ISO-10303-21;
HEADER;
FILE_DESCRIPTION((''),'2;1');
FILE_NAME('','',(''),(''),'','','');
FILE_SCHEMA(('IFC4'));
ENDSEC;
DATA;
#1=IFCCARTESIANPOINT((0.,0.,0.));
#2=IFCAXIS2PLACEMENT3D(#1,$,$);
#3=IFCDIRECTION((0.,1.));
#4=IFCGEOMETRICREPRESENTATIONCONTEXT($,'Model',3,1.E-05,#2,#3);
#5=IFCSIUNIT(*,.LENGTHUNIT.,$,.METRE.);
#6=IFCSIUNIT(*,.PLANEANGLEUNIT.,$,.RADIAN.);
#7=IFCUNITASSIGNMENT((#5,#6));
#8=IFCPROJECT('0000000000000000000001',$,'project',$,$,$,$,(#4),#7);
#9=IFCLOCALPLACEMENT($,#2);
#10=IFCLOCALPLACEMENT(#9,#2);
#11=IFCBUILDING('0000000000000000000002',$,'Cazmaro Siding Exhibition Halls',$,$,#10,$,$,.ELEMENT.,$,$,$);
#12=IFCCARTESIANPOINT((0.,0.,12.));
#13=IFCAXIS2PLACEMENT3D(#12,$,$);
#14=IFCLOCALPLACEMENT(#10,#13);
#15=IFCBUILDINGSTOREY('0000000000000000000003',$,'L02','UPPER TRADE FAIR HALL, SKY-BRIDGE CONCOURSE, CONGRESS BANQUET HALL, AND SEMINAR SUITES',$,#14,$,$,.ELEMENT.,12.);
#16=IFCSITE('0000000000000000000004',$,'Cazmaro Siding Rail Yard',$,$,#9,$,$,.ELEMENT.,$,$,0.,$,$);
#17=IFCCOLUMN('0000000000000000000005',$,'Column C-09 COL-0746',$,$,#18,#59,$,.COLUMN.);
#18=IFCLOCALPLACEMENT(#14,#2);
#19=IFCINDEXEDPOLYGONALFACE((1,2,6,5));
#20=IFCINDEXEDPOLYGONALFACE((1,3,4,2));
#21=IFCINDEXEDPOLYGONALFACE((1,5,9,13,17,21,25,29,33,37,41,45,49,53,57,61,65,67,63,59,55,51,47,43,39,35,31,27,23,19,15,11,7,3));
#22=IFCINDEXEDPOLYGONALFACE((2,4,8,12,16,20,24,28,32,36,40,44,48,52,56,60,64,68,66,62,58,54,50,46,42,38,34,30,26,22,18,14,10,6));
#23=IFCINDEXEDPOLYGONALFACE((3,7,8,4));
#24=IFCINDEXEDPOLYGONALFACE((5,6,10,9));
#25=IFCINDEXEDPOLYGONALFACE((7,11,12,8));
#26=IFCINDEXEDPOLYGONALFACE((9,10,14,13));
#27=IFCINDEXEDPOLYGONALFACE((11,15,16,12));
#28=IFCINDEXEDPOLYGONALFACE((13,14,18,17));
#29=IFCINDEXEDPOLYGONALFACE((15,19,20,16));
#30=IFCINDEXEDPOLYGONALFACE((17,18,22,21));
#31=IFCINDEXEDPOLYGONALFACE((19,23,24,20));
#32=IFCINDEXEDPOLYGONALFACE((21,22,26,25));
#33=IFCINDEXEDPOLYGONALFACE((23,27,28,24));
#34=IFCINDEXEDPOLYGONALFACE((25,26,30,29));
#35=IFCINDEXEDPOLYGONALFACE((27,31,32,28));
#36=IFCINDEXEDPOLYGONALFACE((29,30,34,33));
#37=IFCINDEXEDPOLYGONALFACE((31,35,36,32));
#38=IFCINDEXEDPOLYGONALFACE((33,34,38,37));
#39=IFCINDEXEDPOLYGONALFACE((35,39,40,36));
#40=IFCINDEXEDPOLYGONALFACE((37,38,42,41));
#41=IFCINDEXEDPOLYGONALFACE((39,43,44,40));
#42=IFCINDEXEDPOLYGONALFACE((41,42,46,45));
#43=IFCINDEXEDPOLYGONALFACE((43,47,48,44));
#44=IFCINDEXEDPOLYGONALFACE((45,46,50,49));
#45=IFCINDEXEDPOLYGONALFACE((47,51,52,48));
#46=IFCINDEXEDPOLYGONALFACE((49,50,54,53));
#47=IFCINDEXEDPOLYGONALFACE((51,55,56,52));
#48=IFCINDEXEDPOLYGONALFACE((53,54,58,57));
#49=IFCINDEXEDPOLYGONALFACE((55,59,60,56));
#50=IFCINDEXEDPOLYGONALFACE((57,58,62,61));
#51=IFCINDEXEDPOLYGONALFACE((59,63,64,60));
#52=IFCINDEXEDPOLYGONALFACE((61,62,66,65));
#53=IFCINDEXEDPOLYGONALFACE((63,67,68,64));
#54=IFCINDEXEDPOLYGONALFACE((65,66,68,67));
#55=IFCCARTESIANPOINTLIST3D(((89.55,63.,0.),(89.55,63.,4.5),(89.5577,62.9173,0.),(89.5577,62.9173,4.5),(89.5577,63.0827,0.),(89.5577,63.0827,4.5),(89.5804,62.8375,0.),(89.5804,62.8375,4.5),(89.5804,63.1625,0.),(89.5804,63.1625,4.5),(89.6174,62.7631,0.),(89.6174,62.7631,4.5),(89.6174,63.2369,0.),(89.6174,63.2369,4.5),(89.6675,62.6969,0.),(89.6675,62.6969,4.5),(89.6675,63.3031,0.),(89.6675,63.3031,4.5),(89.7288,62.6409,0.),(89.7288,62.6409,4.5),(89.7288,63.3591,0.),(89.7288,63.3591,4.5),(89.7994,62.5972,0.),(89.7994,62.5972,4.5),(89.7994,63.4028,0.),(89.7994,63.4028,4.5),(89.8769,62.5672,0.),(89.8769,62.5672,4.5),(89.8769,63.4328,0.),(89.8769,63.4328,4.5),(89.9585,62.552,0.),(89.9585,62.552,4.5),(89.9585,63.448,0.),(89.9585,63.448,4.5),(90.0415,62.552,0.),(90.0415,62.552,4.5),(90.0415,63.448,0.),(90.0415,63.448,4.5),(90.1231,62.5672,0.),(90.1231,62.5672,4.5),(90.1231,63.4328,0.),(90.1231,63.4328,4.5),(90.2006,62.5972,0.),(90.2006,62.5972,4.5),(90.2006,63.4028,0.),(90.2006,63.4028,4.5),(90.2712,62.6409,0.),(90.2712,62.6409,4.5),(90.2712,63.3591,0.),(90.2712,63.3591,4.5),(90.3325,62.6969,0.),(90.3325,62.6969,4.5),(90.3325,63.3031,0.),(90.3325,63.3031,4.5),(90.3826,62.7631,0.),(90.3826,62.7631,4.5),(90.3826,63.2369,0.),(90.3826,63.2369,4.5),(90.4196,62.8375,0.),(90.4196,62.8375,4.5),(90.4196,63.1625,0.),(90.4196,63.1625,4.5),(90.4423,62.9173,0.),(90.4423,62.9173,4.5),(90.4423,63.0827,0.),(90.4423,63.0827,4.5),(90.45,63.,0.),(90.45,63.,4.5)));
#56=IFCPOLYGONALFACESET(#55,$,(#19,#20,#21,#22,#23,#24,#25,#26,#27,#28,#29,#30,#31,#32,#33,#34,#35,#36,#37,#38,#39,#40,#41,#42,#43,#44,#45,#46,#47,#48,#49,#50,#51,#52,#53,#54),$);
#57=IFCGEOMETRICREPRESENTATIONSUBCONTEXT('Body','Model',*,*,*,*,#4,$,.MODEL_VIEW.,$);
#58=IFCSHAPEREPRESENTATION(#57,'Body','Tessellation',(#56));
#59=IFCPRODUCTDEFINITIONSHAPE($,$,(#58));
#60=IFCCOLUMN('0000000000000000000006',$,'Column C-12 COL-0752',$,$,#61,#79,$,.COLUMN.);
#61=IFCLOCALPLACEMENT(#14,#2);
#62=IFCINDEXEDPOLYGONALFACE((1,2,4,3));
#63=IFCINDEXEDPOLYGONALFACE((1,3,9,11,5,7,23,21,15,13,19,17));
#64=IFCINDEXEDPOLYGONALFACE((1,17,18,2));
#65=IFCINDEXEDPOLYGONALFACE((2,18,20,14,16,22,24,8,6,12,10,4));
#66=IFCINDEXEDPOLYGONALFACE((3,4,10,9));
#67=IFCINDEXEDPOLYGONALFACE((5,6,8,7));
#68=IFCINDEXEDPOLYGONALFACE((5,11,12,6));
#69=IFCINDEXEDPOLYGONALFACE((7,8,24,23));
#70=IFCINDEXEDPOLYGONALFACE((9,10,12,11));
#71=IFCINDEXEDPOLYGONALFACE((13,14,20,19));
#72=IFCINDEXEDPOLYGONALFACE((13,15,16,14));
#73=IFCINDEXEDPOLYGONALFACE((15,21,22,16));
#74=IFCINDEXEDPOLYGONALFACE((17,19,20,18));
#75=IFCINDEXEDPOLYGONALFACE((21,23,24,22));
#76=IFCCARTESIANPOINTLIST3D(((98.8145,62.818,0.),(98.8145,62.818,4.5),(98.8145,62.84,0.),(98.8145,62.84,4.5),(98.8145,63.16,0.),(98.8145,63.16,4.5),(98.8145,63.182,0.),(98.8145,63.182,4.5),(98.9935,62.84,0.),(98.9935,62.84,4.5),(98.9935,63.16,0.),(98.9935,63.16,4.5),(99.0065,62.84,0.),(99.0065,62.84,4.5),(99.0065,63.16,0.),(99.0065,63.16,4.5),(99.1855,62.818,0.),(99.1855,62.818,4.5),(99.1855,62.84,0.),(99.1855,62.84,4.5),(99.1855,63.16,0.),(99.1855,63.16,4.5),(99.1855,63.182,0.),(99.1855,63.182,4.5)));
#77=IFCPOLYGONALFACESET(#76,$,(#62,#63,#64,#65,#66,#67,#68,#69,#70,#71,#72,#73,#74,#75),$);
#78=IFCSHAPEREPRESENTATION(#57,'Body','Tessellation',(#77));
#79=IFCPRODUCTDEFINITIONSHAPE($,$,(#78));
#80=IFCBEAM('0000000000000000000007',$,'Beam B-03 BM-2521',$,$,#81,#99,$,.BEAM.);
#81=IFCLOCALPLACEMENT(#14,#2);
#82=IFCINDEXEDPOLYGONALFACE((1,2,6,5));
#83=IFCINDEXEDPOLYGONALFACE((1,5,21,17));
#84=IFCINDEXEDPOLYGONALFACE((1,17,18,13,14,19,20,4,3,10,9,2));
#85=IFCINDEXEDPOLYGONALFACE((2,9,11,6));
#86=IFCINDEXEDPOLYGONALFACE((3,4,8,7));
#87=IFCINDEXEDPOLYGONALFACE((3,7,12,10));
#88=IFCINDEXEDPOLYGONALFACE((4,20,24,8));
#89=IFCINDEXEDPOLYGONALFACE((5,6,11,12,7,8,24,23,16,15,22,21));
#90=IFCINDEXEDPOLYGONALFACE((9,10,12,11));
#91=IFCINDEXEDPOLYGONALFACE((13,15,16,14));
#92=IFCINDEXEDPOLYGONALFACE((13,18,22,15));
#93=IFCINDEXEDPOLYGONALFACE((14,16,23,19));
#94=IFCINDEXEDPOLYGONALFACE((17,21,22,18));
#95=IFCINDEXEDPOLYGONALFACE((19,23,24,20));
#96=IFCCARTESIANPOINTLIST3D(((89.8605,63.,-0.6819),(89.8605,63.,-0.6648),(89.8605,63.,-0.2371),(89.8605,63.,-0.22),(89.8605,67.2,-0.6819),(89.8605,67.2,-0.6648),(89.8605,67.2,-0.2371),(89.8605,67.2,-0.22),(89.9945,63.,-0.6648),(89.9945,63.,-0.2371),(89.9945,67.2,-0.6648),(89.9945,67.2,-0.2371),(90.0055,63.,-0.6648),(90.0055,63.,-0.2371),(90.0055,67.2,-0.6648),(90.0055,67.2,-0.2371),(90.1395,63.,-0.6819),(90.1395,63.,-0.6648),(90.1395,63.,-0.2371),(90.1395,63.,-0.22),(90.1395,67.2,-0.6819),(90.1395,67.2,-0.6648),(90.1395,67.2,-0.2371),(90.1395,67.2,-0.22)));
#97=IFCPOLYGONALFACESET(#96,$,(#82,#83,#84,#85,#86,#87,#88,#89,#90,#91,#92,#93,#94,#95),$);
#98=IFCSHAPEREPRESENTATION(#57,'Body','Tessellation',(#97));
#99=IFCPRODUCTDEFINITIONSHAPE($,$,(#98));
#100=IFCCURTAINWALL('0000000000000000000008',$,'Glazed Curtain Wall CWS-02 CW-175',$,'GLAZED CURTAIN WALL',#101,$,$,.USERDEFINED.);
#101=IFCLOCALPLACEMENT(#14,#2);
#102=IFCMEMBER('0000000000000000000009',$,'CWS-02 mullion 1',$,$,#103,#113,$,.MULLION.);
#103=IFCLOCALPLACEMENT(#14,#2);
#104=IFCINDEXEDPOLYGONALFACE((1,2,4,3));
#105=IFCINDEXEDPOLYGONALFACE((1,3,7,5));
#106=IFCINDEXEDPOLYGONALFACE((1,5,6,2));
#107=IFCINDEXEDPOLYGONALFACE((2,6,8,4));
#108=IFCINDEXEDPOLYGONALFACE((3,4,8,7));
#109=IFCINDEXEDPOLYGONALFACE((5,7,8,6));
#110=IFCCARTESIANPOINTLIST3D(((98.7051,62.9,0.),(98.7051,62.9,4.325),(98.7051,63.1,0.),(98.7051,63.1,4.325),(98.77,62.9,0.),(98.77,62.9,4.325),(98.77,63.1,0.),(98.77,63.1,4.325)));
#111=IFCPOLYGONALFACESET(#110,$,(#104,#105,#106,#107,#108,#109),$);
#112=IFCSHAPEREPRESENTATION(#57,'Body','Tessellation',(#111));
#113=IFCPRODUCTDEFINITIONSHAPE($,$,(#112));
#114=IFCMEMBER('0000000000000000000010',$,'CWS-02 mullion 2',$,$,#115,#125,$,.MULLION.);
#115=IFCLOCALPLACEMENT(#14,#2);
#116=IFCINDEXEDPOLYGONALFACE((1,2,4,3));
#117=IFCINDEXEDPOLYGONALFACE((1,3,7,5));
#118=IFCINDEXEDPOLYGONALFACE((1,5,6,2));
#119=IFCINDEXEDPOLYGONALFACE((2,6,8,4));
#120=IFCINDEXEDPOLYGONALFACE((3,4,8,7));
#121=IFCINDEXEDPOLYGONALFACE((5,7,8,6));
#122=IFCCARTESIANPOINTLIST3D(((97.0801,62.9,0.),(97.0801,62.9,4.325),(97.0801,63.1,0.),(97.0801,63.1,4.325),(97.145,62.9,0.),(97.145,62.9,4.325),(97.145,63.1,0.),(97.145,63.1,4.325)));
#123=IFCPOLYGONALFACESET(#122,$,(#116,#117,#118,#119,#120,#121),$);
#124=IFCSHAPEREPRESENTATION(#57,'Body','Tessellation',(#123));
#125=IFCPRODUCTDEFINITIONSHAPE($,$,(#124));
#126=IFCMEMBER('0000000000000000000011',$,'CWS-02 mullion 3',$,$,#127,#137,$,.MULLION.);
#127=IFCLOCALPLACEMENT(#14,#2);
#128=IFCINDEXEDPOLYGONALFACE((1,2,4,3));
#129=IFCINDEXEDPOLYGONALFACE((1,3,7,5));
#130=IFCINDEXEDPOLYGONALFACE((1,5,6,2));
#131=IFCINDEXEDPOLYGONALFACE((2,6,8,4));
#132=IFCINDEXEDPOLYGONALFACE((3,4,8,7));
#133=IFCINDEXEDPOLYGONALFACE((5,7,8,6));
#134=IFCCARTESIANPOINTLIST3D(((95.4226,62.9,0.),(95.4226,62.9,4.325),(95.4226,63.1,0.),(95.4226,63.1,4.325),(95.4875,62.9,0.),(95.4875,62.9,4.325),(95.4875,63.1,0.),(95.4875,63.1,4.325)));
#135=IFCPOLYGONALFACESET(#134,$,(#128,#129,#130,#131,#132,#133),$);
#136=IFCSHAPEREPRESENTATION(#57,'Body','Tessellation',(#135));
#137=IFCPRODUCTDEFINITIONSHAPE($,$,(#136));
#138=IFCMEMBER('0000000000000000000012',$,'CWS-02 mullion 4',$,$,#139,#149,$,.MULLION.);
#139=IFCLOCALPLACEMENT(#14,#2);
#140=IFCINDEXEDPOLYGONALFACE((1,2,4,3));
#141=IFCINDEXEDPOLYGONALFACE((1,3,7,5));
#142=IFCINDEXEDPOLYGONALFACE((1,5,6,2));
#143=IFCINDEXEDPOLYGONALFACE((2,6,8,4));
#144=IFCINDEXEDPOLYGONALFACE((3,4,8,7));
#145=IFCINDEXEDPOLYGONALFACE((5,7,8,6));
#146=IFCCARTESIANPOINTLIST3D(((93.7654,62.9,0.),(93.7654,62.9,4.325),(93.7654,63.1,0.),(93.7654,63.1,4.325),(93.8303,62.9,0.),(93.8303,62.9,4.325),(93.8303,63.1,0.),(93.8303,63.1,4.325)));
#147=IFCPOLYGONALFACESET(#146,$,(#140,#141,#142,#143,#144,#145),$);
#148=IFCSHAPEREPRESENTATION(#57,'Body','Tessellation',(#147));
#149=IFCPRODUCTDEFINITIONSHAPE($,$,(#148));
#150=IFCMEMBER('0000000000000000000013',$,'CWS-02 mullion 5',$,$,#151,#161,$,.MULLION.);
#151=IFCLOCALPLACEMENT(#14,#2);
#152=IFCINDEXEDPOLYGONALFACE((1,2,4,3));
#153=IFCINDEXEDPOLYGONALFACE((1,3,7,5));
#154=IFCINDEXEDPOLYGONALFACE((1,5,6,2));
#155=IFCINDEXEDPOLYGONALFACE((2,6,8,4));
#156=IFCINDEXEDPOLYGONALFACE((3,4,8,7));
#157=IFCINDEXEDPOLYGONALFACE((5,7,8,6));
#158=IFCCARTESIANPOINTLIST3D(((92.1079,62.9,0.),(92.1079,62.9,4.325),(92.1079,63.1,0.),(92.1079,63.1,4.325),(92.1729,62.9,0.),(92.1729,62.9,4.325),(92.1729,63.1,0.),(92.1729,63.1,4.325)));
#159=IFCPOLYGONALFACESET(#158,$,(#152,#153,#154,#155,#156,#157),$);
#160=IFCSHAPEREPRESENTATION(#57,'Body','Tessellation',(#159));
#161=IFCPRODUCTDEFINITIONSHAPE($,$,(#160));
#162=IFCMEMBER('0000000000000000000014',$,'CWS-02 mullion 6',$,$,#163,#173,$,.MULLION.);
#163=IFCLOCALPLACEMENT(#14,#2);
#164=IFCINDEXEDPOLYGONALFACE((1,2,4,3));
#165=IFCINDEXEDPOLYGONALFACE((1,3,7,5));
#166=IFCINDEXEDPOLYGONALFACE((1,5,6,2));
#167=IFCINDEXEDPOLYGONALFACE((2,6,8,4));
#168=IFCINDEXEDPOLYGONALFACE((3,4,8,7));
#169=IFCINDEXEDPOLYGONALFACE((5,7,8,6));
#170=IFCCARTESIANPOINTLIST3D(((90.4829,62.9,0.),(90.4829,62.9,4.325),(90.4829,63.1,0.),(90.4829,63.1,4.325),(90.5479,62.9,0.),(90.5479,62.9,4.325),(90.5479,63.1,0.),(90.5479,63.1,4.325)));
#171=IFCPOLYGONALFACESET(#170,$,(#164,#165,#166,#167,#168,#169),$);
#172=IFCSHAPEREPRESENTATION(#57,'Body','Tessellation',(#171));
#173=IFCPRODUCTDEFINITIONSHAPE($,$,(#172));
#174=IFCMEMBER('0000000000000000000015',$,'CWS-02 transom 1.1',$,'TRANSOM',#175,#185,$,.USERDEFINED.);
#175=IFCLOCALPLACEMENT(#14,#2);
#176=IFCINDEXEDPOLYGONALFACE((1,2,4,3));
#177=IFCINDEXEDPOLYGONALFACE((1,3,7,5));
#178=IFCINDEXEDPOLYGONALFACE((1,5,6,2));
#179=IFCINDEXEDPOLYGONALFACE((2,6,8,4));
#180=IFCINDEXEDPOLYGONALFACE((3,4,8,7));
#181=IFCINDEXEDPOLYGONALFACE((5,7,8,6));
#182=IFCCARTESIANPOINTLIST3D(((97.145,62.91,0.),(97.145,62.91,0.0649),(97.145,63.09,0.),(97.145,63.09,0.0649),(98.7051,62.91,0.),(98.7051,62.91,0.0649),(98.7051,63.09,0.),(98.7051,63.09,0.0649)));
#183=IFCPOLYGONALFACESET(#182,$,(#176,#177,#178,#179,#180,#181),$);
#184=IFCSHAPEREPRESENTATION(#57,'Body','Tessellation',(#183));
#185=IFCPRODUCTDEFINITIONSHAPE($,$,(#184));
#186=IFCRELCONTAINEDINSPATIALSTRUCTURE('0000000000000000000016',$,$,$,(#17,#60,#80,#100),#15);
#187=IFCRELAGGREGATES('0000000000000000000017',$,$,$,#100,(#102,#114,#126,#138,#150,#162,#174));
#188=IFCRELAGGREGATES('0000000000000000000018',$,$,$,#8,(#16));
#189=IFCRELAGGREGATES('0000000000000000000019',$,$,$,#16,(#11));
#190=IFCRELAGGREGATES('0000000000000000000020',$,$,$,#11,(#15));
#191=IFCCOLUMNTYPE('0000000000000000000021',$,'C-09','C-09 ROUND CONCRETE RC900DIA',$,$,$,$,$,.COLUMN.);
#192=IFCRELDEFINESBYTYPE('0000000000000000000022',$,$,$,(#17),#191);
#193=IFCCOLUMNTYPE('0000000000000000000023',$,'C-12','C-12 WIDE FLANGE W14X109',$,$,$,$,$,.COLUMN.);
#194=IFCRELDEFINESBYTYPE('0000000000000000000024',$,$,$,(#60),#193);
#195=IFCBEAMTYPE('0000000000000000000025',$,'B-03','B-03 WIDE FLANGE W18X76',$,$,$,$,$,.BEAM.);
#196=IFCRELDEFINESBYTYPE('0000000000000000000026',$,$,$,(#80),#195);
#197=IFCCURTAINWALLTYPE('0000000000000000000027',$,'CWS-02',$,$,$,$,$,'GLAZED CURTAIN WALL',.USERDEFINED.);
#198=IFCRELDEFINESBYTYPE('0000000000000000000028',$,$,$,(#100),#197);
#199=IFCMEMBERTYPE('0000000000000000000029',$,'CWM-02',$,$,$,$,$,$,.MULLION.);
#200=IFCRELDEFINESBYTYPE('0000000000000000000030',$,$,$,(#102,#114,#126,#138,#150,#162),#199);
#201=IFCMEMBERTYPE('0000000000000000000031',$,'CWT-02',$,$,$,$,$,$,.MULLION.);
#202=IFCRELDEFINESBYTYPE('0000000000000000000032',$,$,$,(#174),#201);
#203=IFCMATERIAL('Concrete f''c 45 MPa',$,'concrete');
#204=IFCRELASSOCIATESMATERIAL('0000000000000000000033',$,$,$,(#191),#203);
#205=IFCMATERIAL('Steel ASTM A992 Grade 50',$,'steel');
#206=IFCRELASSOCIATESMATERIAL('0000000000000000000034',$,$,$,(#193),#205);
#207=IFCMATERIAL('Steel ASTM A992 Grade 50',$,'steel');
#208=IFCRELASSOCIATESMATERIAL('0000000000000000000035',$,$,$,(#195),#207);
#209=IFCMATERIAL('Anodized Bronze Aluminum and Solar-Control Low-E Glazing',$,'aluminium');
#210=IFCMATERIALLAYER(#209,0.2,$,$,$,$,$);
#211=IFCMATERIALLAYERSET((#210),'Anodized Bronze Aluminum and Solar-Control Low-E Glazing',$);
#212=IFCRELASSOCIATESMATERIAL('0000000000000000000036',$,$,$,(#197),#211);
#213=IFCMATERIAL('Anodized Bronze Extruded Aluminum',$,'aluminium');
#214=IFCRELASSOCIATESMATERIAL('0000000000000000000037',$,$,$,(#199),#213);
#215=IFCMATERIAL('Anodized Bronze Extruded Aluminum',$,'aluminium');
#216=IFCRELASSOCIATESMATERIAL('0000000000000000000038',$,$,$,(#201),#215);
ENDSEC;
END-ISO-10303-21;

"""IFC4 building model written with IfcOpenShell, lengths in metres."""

from ifc_helpers import new_model, si_unit, direction, frame, origin, origin_2d, place, context, subcontext, project, spatial, rectangle, circle, i_section, extrude, material, layer, layer_set, material_profile, profile_set, type_object, element, aggregate, save


model = new_model("IFC4")

# Units and contexts
model_context = context("Model", 3, precision=1e-05, world=origin(), true_north=direction((0.0, 1.0)))
body_context = subcontext(model_context, "Body", "Model", "MODEL_VIEW")
ifc_project = project(units=[si_unit("LENGTHUNIT", "METRE"), si_unit("PLANEANGLEUNIT", "RADIAN")], contexts=[model_context])

# Site, building, storey
site_placement = place(None, origin())
site = spatial("IfcSite", under=ifc_project, at=site_placement, Name="Cazmaro Siding Rail Yard", CompositionType="ELEMENT", RefElevation=0.0)
building_placement = place(site_placement, origin())
building = spatial("IfcBuilding", under=site, at=building_placement, Name="Cazmaro Siding Exhibition Halls", CompositionType="ELEMENT")
storey_placement = place(building_placement, frame((0.0, 0.0, 12.0)))
storey = spatial("IfcBuildingStorey", under=building, at=storey_placement, Name="L02", Description="UPPER TRADE FAIR HALL, SKY-BRIDGE CONCOURSE, CONGRESS BANQUET HALL, AND SEMINAR SUITES", CompositionType="ELEMENT", Elevation=12.0)

# Columns
ifc_material_1 = material(Name="Concrete f'c 45 MPa", Category="concrete")
ifc_material_profile_1 = material_profile(ifc_material_1, circle(Radius=0.45, at=origin_2d()), Name="RC900DIA")
ifc_profile_set_1 = profile_set([ifc_material_profile_1], Name="Concrete f'c 45 MPa")
column_type_1 = type_object("IfcColumnType", Name="C-09", Description="C-09 ROUND CONCRETE RC900DIA", PredefinedType="COLUMN", material=ifc_profile_set_1)
column_1_placement = place(storey_placement, frame((90.0, 63.0, 0.0), z_axis=(0.0, 0.0, 1.0), x_axis=(1.0, 0.0, 0.0)))
element("IfcColumn", 1, at=column_1_placement, inside=storey, type_object=column_type_1, Name="Column C-09 COL-0746", PredefinedType="COLUMN", context=body_context, shape_type="SweptSolid", body=[
    extrude(circle(Radius=0.45, at=origin_2d()), origin(), (0.0, 0.0, 1.0), 4.5),
])
ifc_material_2 = material(Name="Steel ASTM A992 Grade 50", Category="steel")
ifc_material_profile_2 = material_profile(ifc_material_2, i_section(OverallWidth=0.3711, OverallDepth=0.364, WebThickness=0.0129, FlangeThickness=0.022, at=origin_2d()), Name="W14X109")
ifc_profile_set_2 = profile_set([ifc_material_profile_2], Name="Steel ASTM A992 Grade 50")
column_type_2 = type_object("IfcColumnType", Name="C-12", Description="C-12 WIDE FLANGE W14X109", PredefinedType="COLUMN", material=ifc_profile_set_2)
column_2_placement = place(storey_placement, frame((99.0, 63.0, 0.0), z_axis=(0.0, 0.0, 1.0), x_axis=(1.0, 0.0, 0.0)))
element("IfcColumn", 2, at=column_2_placement, inside=storey, type_object=column_type_2, Name="Column C-12 COL-0752", PredefinedType="COLUMN", context=body_context, shape_type="SweptSolid", body=[
    extrude(i_section(OverallWidth=0.3711, OverallDepth=0.364, WebThickness=0.0129, FlangeThickness=0.022, at=origin_2d()), origin(), (0.0, 0.0, 1.0), 4.5),
])

# Beam
ifc_material_3 = material(Name="Steel ASTM A992 Grade 50", Category="steel")
ifc_material_profile_3 = material_profile(ifc_material_3, i_section(OverallWidth=0.2791, OverallDepth=0.4619, WebThickness=0.011, FlangeThickness=0.0171, at=origin_2d()), Name="W18X76")
ifc_profile_set_3 = profile_set([ifc_material_profile_3], Name="Steel ASTM A992 Grade 50")
beam_type_1 = type_object("IfcBeamType", Name="B-03", Description="B-03 WIDE FLANGE W18X76", PredefinedType="BEAM", material=ifc_profile_set_3)
beam_placement = place(storey_placement, frame((90.0, 63.0, -0.4509), z_axis=(0.0, 1.0, 0.0), x_axis=(-1.0, 0.0, 0.0)))
element("IfcBeam", 3, at=beam_placement, inside=storey, type_object=beam_type_1, Name="Beam B-03 BM-2521", PredefinedType="BEAM", context=body_context, shape_type="SweptSolid", body=[
    extrude(i_section(OverallWidth=0.2791, OverallDepth=0.4619, WebThickness=0.011, FlangeThickness=0.0171, at=origin_2d()), origin(), (0.0, 0.0, 1.0), 4.2),
])

# Curtain wall, members
ifc_material_4 = material(Name="Anodized Bronze Aluminum and Solar-Control Low-E Glazing", Category="aluminium")
ifc_layer_1 = layer(ifc_material_4, 0.2)
ifc_layer_set_1 = layer_set([ifc_layer_1], Name="Anodized Bronze Aluminum and Solar-Control Low-E Glazing")
curtain_wall_type = type_object("IfcCurtainWallType", Name="CWS-02", ElementType="GLAZED CURTAIN WALL", PredefinedType="USERDEFINED", material=ifc_layer_set_1)
curtain_wall_placement = place(storey_placement, origin())
curtain_wall = element("IfcCurtainWall", 4, at=curtain_wall_placement, inside=storey, type_object=curtain_wall_type, Name="Glazed Curtain Wall CWS-02 CW-175", ObjectType="GLAZED CURTAIN WALL", PredefinedType="USERDEFINED")
ifc_material_5 = material(Name="Anodized Bronze Extruded Aluminum", Category="aluminium")
ifc_material_profile_4 = material_profile(ifc_material_5, rectangle(XDim=0.2, YDim=0.0649, at=origin_2d()), Name="CWM-02")
ifc_profile_set_4 = profile_set([ifc_material_profile_4], Name="Anodized Bronze Extruded Aluminum")
member_type_1 = type_object("IfcMemberType", Name="CWM-02", PredefinedType="MULLION", material=ifc_profile_set_4)
member_1_placement = place(storey_placement, frame((98.7375, 63.0, 0.0), z_axis=(0.0, 0.0, 1.0), x_axis=(0.0, -1.0, 0.0)))
member_1 = element("IfcMember", 5, at=member_1_placement, type_object=member_type_1, Name="CWS-02 mullion 1", PredefinedType="MULLION", context=body_context, shape_type="SweptSolid", body=[
    extrude(rectangle(XDim=0.2, YDim=0.0649, at=origin_2d()), origin(), (0.0, 0.0, 1.0), 4.325),
])
member_2_placement = place(storey_placement, frame((97.1125, 63.0, 0.0), z_axis=(0.0, 0.0, 1.0), x_axis=(0.0, -1.0, 0.0)))
member_2 = element("IfcMember", 6, at=member_2_placement, type_object=member_type_1, Name="CWS-02 mullion 2", PredefinedType="MULLION", context=body_context, shape_type="SweptSolid", body=[
    extrude(rectangle(XDim=0.2, YDim=0.0649, at=origin_2d()), origin(), (0.0, 0.0, 1.0), 4.325),
])
member_3_placement = place(storey_placement, frame((95.4551, 63.0, 0.0), z_axis=(0.0, 0.0, 1.0), x_axis=(0.0, -1.0, 0.0)))
member_3 = element("IfcMember", 7, at=member_3_placement, type_object=member_type_1, Name="CWS-02 mullion 3", PredefinedType="MULLION", context=body_context, shape_type="SweptSolid", body=[
    extrude(rectangle(XDim=0.2, YDim=0.0649, at=origin_2d()), origin(), (0.0, 0.0, 1.0), 4.325),
])
member_4_placement = place(storey_placement, frame((93.7979, 63.0, 0.0), z_axis=(0.0, 0.0, 1.0), x_axis=(0.0, -1.0, 0.0)))
member_4 = element("IfcMember", 8, at=member_4_placement, type_object=member_type_1, Name="CWS-02 mullion 4", PredefinedType="MULLION", context=body_context, shape_type="SweptSolid", body=[
    extrude(rectangle(XDim=0.2, YDim=0.0649, at=origin_2d()), origin(), (0.0, 0.0, 1.0), 4.325),
])
member_5_placement = place(storey_placement, frame((92.1404, 63.0, 0.0), z_axis=(0.0, 0.0, 1.0), x_axis=(0.0, -1.0, 0.0)))
member_5 = element("IfcMember", 9, at=member_5_placement, type_object=member_type_1, Name="CWS-02 mullion 5", PredefinedType="MULLION", context=body_context, shape_type="SweptSolid", body=[
    extrude(rectangle(XDim=0.2, YDim=0.0649, at=origin_2d()), origin(), (0.0, 0.0, 1.0), 4.325),
])
member_6_placement = place(storey_placement, frame((90.5154, 63.0, 0.0), z_axis=(0.0, 0.0, 1.0), x_axis=(0.0, -1.0, 0.0)))
member_6 = element("IfcMember", 10, at=member_6_placement, type_object=member_type_1, Name="CWS-02 mullion 6", PredefinedType="MULLION", context=body_context, shape_type="SweptSolid", body=[
    extrude(rectangle(XDim=0.2, YDim=0.0649, at=origin_2d()), origin(), (0.0, 0.0, 1.0), 4.325),
])
ifc_material_6 = material(Name="Anodized Bronze Extruded Aluminum", Category="aluminium")
ifc_material_profile_5 = material_profile(ifc_material_6, rectangle(XDim=0.1799, YDim=0.0649, at=origin_2d()), Name="CWT-02")
ifc_profile_set_5 = profile_set([ifc_material_profile_5], Name="Anodized Bronze Extruded Aluminum")
member_type_2 = type_object("IfcMemberType", Name="CWT-02", PredefinedType="MULLION", material=ifc_profile_set_5)
member_7_placement = place(storey_placement, frame((98.7051, 63.0, 0.0325), z_axis=(-1.0, 0.0, 0.0), x_axis=(0.0, -1.0, 0.0)))
member_7 = element("IfcMember", 11, at=member_7_placement, type_object=member_type_2, Name="CWS-02 transom 1.1", ObjectType="TRANSOM", PredefinedType="USERDEFINED", context=body_context, shape_type="SweptSolid", body=[
    extrude(rectangle(XDim=0.1799, YDim=0.0649, at=origin_2d()), origin(), (0.0, 0.0, 1.0), 1.5601),
])

aggregate(curtain_wall, [member_1, member_2, member_3, member_4, member_5, member_6, member_7])

save(model, "model.ifc")
